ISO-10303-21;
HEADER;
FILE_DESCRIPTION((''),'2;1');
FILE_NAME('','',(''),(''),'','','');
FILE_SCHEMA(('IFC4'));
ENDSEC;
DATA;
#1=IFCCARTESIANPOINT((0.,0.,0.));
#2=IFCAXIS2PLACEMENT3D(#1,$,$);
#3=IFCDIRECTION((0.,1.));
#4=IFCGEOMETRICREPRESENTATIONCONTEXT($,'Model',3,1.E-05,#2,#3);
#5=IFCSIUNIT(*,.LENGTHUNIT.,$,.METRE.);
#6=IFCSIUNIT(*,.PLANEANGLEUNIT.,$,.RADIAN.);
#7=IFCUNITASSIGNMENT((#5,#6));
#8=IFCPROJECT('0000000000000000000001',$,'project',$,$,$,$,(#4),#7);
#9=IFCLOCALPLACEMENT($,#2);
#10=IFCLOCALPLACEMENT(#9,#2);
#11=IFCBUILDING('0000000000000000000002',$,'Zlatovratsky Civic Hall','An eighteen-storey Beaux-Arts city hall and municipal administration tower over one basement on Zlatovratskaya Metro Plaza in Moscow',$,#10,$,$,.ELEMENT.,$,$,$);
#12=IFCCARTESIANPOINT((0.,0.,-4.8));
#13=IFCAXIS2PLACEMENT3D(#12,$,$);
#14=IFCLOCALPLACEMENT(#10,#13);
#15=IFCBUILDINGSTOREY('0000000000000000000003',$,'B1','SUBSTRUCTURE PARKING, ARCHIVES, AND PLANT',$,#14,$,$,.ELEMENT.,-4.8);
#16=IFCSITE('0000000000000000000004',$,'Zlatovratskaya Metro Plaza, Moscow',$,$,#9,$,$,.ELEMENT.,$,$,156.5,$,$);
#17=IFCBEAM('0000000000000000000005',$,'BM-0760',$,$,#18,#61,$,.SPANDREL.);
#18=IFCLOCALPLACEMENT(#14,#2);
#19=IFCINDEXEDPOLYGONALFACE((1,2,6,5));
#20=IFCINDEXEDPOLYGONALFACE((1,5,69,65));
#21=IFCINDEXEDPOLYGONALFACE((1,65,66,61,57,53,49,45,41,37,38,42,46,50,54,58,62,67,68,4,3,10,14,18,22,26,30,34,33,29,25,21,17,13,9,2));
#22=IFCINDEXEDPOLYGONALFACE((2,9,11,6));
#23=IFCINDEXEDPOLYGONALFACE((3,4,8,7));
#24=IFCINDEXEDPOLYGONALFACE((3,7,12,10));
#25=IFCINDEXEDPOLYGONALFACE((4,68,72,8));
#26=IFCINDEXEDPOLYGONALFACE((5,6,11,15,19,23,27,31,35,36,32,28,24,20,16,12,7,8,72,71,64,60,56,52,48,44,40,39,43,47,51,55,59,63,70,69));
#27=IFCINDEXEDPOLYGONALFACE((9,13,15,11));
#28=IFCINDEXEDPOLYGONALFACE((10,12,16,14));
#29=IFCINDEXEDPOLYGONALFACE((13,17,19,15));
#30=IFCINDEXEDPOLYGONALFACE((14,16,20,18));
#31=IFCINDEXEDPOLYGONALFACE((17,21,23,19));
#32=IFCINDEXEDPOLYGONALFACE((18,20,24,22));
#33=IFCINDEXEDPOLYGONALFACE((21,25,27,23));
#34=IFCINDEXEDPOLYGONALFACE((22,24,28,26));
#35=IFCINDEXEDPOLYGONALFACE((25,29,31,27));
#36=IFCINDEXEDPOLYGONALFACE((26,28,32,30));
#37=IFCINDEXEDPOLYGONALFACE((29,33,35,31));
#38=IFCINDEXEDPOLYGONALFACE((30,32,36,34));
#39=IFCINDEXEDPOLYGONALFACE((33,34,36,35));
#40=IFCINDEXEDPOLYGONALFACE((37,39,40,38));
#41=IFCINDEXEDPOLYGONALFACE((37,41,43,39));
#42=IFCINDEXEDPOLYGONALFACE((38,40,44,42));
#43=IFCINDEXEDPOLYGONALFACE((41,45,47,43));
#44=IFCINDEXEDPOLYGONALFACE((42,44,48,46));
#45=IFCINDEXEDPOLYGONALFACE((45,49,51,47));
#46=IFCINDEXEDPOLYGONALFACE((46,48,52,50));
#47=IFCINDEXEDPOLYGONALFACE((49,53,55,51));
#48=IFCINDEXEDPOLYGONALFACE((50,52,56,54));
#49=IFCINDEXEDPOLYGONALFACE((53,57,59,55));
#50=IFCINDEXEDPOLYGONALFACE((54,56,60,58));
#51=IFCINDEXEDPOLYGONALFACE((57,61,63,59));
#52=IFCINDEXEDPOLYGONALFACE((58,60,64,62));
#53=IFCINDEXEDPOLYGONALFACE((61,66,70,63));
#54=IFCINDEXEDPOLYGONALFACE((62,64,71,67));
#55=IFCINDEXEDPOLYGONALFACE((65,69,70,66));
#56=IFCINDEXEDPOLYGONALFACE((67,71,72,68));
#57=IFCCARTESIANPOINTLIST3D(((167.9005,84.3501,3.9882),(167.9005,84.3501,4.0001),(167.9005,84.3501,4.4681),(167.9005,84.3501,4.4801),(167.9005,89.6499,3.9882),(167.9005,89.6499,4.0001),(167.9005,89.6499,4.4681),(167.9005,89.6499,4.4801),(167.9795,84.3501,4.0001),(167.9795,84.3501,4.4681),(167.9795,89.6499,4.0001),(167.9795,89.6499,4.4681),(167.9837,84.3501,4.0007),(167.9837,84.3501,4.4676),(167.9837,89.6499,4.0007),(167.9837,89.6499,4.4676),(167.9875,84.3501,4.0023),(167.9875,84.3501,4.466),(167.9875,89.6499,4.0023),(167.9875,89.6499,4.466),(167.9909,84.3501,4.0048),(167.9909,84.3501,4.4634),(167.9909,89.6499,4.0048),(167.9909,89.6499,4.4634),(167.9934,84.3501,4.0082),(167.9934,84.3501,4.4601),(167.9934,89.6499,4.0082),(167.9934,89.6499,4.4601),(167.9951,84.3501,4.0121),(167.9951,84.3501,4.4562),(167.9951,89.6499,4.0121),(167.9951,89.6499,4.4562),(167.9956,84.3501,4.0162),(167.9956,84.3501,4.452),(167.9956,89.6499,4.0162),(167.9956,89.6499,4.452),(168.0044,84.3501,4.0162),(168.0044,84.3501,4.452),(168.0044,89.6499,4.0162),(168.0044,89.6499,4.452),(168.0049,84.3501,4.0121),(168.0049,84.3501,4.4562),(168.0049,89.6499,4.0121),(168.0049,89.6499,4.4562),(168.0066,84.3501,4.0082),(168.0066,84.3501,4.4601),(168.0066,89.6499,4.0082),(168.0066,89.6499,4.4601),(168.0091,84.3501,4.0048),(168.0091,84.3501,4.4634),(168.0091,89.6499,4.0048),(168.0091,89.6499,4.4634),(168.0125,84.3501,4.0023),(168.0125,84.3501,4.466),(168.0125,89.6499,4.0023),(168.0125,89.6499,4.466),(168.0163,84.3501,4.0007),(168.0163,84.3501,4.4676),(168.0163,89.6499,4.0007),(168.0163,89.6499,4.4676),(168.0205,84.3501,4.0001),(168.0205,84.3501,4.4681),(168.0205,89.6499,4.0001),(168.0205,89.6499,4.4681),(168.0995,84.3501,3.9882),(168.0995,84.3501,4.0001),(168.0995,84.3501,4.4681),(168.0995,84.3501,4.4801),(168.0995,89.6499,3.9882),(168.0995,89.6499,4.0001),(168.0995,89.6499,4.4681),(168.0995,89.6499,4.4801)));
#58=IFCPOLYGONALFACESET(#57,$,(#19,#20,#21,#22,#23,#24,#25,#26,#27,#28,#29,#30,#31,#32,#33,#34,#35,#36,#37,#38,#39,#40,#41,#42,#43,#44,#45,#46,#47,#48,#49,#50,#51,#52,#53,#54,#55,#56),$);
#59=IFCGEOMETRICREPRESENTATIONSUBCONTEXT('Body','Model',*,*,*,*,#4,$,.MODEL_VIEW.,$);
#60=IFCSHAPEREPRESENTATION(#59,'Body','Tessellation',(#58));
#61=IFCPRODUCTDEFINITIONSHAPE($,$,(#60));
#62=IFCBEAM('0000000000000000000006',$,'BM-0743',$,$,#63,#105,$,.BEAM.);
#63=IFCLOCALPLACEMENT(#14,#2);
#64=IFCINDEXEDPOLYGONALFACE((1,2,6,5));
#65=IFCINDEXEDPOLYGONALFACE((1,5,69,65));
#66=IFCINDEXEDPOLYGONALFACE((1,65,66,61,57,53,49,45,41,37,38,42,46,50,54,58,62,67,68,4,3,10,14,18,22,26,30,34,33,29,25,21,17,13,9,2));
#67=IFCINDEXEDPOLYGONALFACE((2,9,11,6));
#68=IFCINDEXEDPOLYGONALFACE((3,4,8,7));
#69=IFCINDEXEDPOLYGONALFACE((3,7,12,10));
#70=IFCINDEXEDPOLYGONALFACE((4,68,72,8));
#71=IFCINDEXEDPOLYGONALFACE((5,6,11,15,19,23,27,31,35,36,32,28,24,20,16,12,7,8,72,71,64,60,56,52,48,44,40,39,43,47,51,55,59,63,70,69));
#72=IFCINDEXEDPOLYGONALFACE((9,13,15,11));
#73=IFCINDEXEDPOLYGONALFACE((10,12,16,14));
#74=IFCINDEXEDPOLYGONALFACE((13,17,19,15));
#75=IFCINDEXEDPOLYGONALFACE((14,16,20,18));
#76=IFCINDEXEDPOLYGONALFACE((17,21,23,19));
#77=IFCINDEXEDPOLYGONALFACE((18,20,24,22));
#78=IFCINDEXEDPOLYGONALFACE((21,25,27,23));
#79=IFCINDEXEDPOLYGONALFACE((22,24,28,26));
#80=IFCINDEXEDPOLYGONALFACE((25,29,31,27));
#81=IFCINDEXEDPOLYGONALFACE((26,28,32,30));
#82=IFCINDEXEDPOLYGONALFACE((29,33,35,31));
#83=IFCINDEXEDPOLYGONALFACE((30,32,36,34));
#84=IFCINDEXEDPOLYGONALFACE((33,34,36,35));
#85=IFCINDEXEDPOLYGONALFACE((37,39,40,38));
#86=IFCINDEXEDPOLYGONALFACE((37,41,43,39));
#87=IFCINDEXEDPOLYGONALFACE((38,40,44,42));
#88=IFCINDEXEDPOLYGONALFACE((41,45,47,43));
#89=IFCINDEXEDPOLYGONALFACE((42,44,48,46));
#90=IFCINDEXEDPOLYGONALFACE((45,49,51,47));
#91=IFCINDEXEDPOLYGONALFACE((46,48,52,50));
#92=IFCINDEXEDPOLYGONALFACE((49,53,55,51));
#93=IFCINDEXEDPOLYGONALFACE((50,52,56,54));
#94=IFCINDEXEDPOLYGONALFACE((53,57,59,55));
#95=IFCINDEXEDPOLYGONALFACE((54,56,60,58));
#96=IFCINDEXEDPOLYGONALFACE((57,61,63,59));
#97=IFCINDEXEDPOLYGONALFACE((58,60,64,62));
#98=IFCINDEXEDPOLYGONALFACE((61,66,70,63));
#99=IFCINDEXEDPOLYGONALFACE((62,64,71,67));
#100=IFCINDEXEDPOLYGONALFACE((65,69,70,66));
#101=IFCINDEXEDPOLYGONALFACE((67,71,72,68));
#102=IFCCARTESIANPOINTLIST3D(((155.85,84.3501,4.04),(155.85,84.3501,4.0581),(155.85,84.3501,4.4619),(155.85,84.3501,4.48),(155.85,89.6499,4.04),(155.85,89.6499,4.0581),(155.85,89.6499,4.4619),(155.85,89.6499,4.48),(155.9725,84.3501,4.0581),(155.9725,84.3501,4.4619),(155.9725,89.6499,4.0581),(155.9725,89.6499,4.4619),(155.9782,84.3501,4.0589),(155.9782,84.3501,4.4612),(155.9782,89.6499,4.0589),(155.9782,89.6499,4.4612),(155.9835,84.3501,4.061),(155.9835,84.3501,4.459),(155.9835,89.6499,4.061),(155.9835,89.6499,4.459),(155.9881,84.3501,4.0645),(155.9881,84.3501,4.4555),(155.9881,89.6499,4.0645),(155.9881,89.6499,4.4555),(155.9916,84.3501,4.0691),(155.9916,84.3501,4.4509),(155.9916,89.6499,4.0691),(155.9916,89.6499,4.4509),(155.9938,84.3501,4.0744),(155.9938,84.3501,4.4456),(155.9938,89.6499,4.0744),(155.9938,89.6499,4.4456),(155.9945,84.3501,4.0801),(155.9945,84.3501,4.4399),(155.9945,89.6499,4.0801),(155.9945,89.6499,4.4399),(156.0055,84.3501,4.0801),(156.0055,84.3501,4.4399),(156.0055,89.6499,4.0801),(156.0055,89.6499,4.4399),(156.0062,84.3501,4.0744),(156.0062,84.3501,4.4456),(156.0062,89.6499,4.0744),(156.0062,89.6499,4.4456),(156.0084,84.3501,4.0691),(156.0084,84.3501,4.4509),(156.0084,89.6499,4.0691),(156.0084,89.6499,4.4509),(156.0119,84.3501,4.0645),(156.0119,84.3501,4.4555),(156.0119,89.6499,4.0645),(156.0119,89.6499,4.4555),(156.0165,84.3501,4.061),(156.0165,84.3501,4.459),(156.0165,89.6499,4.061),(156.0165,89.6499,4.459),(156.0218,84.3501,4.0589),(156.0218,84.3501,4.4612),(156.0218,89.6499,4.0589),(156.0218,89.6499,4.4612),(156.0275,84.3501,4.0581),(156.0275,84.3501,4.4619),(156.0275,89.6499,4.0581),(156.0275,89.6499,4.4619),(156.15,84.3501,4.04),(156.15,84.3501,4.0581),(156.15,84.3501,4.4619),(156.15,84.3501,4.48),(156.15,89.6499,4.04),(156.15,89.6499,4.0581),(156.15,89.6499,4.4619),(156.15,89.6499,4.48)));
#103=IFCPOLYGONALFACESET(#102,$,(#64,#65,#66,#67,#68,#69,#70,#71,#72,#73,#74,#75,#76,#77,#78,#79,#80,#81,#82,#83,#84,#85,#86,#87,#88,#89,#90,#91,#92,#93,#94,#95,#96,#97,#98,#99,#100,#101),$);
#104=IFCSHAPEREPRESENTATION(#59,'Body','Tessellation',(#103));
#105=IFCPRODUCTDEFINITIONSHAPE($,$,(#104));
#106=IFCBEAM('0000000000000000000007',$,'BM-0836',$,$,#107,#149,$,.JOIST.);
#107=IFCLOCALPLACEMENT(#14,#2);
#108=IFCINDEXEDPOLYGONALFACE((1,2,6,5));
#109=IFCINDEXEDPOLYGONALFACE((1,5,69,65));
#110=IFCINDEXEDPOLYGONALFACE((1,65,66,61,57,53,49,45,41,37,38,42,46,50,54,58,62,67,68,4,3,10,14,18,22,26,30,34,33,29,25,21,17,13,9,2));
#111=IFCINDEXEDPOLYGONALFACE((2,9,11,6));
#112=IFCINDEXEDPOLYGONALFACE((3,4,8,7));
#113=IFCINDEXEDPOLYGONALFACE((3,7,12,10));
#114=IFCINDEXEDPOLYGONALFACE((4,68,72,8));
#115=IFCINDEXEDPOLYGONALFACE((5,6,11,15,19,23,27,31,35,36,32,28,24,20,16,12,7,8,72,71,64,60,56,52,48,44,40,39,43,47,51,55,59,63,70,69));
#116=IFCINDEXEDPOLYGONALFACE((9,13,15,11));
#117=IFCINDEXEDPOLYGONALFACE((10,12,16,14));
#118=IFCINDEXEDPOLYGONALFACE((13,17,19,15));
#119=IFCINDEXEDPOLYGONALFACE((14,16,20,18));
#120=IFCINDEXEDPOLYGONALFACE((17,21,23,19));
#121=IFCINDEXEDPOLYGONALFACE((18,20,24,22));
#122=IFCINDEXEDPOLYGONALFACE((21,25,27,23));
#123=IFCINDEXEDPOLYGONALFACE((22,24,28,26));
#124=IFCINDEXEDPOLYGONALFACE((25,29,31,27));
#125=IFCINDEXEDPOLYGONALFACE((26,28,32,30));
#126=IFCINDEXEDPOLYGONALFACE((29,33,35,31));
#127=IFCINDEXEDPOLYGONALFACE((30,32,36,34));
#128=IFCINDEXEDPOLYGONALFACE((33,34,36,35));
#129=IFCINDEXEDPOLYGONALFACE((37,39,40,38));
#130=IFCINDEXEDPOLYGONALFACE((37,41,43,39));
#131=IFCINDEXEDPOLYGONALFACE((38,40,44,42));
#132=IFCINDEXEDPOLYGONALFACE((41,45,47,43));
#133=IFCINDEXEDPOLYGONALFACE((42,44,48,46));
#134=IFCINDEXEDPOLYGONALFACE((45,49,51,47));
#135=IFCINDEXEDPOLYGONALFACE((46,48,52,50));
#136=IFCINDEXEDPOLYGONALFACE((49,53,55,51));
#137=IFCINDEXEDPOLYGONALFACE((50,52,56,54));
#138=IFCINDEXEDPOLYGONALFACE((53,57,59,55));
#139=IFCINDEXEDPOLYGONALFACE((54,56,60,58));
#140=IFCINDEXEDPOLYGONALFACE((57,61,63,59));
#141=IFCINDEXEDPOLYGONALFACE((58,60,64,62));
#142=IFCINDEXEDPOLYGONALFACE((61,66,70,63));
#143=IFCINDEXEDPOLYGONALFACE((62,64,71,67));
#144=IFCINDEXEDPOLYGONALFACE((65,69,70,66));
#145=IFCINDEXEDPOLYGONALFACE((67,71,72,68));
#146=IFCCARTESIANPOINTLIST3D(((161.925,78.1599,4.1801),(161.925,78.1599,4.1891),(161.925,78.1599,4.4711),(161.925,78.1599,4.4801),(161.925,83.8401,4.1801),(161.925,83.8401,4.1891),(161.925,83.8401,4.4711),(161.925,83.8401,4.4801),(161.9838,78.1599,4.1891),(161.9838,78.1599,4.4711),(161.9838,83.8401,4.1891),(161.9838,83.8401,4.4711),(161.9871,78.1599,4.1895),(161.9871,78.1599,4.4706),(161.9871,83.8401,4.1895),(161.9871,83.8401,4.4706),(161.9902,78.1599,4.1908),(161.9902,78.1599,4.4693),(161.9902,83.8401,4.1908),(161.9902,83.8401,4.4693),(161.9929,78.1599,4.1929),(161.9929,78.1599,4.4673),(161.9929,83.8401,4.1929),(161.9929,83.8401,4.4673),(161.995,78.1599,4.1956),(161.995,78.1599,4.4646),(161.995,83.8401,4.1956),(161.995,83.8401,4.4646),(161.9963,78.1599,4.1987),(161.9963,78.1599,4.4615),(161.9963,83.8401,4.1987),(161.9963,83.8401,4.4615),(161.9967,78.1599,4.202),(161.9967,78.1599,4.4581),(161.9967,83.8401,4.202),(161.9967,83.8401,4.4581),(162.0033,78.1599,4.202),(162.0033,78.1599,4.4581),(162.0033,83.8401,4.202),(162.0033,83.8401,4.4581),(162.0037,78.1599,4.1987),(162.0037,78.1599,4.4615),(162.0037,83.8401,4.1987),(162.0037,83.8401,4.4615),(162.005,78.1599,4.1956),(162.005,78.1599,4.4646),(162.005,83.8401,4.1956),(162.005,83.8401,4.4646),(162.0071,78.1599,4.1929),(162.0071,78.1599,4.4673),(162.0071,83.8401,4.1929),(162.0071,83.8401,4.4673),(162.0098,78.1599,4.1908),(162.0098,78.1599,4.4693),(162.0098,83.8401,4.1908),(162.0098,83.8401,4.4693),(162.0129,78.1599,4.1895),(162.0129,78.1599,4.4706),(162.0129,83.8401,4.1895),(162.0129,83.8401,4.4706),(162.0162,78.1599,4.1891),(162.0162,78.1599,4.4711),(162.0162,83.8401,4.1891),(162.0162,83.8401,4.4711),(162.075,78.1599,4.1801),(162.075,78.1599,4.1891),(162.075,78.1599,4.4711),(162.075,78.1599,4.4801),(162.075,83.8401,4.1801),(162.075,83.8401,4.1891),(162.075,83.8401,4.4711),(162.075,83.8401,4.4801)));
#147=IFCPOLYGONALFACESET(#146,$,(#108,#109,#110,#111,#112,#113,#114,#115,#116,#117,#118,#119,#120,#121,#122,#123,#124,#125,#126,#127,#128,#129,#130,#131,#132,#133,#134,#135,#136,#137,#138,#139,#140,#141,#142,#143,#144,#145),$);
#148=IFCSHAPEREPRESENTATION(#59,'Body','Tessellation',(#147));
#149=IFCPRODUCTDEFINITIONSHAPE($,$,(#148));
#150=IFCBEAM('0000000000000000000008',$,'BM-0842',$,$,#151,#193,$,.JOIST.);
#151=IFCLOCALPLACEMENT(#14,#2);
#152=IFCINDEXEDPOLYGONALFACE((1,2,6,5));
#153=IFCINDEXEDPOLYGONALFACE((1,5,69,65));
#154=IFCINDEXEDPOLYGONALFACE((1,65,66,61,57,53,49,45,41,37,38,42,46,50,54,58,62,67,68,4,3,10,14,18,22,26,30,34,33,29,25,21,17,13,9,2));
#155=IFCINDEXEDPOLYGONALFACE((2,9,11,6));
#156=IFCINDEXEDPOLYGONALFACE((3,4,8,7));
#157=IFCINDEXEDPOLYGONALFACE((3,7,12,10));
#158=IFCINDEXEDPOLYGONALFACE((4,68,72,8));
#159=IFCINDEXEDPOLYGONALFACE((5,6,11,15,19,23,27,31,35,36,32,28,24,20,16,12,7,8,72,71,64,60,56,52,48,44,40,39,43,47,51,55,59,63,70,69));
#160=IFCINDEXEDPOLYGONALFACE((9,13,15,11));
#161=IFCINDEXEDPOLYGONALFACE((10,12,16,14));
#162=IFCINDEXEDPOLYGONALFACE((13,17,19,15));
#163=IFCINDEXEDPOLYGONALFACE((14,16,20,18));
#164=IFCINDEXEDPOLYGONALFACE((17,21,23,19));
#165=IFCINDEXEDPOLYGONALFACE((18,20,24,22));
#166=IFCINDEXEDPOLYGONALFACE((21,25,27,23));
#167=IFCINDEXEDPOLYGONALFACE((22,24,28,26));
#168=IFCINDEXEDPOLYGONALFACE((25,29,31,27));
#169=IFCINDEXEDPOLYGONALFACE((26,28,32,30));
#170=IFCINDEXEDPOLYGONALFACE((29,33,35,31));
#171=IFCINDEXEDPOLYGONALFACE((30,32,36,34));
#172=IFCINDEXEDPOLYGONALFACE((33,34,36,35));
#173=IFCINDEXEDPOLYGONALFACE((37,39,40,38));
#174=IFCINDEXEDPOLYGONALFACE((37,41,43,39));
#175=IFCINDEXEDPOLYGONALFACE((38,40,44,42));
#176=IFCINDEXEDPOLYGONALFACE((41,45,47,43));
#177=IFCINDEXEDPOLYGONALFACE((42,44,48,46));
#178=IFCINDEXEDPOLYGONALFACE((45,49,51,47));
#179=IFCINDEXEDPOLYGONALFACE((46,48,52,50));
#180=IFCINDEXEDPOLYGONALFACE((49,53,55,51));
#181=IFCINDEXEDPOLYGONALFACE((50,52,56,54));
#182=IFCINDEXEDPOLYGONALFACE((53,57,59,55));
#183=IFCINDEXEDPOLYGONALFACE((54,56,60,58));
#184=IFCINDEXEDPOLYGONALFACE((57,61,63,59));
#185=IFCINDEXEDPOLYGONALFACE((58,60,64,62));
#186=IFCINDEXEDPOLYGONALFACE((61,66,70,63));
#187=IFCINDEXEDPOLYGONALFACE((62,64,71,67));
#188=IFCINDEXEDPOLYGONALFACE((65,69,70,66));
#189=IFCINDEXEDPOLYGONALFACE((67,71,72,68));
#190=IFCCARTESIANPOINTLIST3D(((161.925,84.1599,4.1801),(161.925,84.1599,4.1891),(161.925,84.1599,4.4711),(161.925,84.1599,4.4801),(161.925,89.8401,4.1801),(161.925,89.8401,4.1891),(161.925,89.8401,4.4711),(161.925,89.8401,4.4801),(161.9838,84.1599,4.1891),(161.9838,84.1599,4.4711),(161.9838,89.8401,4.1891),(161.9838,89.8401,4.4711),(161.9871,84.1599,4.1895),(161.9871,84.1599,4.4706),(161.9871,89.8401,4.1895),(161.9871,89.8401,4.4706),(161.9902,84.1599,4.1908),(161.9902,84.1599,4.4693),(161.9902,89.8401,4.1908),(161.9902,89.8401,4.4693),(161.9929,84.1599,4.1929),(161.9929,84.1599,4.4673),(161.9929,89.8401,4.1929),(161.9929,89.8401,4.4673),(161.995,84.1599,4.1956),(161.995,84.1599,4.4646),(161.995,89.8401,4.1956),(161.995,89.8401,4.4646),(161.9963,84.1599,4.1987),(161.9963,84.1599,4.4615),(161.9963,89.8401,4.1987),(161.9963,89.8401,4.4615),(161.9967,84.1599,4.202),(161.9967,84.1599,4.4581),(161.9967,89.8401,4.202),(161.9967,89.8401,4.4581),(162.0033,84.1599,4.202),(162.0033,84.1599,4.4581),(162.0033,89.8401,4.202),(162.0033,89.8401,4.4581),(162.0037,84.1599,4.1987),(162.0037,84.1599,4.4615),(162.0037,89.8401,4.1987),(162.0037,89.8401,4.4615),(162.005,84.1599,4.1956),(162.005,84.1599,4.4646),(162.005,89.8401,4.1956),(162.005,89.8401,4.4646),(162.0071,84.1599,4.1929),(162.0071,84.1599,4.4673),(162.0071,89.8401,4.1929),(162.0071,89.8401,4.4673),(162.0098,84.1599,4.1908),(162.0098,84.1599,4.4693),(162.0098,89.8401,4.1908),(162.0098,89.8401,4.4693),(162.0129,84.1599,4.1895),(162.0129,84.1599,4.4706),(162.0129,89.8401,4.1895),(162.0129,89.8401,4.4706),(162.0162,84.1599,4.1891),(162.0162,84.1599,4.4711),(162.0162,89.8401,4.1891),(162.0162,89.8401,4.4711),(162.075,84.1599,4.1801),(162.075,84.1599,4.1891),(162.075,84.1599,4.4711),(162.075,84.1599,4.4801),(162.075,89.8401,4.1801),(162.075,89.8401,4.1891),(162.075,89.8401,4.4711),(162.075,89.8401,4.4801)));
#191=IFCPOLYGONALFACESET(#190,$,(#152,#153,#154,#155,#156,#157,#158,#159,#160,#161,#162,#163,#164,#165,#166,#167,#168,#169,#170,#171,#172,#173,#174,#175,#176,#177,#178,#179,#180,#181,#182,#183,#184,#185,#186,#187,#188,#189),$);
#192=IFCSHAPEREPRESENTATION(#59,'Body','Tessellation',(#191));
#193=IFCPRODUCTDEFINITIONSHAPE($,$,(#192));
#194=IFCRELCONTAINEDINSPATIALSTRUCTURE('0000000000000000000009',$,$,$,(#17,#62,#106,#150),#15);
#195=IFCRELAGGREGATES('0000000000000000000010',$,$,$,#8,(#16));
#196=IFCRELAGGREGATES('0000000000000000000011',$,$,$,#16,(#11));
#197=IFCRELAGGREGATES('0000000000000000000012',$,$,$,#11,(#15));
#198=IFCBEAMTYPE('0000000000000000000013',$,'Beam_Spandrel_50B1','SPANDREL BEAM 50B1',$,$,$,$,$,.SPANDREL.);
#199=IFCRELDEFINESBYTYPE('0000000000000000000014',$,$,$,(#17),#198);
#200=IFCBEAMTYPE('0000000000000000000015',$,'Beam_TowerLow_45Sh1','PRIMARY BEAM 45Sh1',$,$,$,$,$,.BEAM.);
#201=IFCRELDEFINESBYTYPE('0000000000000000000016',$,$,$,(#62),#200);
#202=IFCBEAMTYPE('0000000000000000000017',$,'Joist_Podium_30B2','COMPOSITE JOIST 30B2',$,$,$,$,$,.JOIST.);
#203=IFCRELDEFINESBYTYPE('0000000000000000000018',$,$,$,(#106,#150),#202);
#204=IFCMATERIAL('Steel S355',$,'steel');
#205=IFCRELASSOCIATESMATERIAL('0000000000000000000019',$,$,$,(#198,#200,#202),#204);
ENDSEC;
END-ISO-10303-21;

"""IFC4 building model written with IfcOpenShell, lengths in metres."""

from ifc_helpers import new_model, si_unit, direction, frame, origin, origin_2d, place, context, subcontext, project, spatial, i_section, extrude, material, material_profile, profile_set, type_object, element, save


model = new_model("IFC4")

# Units and contexts
model_context = context("Model", 3, precision=1e-05, world=origin(), true_north=direction((0.0, 1.0)))
body_context = subcontext(model_context, "Body", "Model", "MODEL_VIEW")
ifc_project = project(units=[si_unit("LENGTHUNIT", "METRE"), si_unit("PLANEANGLEUNIT", "RADIAN")], contexts=[model_context])

# Site, building, storey
site_placement = place(None, origin())
site = spatial("IfcSite", under=ifc_project, at=site_placement, Name="Zlatovratskaya Metro Plaza, Moscow", CompositionType="ELEMENT", RefElevation=156.5)
building_placement = place(site_placement, origin())
building = spatial("IfcBuilding", under=site, at=building_placement, Name="Zlatovratsky Civic Hall", Description="An eighteen-storey Beaux-Arts city hall and municipal administration tower over one basement on Zlatovratskaya Metro Plaza in Moscow", CompositionType="ELEMENT")
storey_placement = place(building_placement, frame((0.0, 0.0, -4.8)))
storey = spatial("IfcBuildingStorey", under=building, at=storey_placement, Name="B1", Description="SUBSTRUCTURE PARKING, ARCHIVES, AND PLANT", CompositionType="ELEMENT", Elevation=-4.8)

# Beams
ifc_material_1 = material(Name="Steel S355", Category="steel")
ifc_material_profile_1 = material_profile(ifc_material_1, i_section(OverallWidth=0.199, OverallDepth=0.4919, WebThickness=0.0088, FlangeThickness=0.012, FilletRadius=0.0161, at=origin_2d()), Name="50B1")
ifc_profile_set_1 = profile_set([ifc_material_profile_1], Name="Steel S355")
beam_type_1 = type_object("IfcBeamType", Name="Beam_Spandrel_50B1", Description="SPANDREL BEAM 50B1", PredefinedType="SPANDREL", material=ifc_profile_set_1)
for number, where, z_axis, x_axis, name in (
    (1, (168.0, 84.3501, 4.2341), (0.0, 1.0, 0.0), (-1.0, 0.0, 0.0), "BM-0760"),
):
    element("IfcBeam", number, at=place(storey_placement, frame(where, z_axis=z_axis, x_axis=x_axis)), inside=storey, type_object=beam_type_1, Name=name, PredefinedType="SPANDREL", context=body_context, shape_type="SweptSolid", body=[
        extrude(i_section(OverallWidth=0.199, OverallDepth=0.4919, WebThickness=0.0088, FlangeThickness=0.012, FilletRadius=0.0161, at=origin_2d()), origin(), (0.0, 0.0, 1.0), 5.2998),
    ])
ifc_material_profile_2 = material_profile(ifc_material_1, i_section(OverallWidth=0.3, OverallDepth=0.4399, WebThickness=0.011, FlangeThickness=0.0181, FilletRadius=0.022, at=origin_2d()), Name="45Sh1")
ifc_profile_set_2 = profile_set([ifc_material_profile_2], Name="Steel S355")
beam_type_2 = type_object("IfcBeamType", Name="Beam_TowerLow_45Sh1", Description="PRIMARY BEAM 45Sh1", PredefinedType="BEAM", material=ifc_profile_set_2)
beam_placement = place(storey_placement, frame((156.0, 84.3501, 4.26), z_axis=(0.0, 1.0, 0.0), x_axis=(-1.0, 0.0, 0.0)))
element("IfcBeam", 2, at=beam_placement, inside=storey, type_object=beam_type_2, Name="BM-0743", PredefinedType="BEAM", context=body_context, shape_type="SweptSolid", body=[
    extrude(i_section(OverallWidth=0.3, OverallDepth=0.4399, WebThickness=0.011, FlangeThickness=0.0181, FilletRadius=0.022, at=origin_2d()), origin(), (0.0, 0.0, 1.0), 5.2998),
])
ifc_material_profile_3 = material_profile(ifc_material_1, i_section(OverallWidth=0.1499, OverallDepth=0.3, WebThickness=0.0066, FlangeThickness=0.009, FilletRadius=0.0129, at=origin_2d()), Name="30B2")
ifc_profile_set_3 = profile_set([ifc_material_profile_3], Name="Steel S355")
beam_type_3 = type_object("IfcBeamType", Name="Joist_Podium_30B2", Description="COMPOSITE JOIST 30B2", PredefinedType="JOIST", material=ifc_profile_set_3)
for number, where, z_axis, x_axis, name in (
    (3, (162.0, 78.1599, 4.3301), (0.0, 1.0, 0.0), (-1.0, 0.0, 0.0), "BM-0836"),
    (4, (162.0, 84.1599, 4.3301), (0.0, 1.0, 0.0), (-1.0, 0.0, 0.0), "BM-0842"),
):
    element("IfcBeam", number, at=place(storey_placement, frame(where, z_axis=z_axis, x_axis=x_axis)), inside=storey, type_object=beam_type_3, Name=name, PredefinedType="JOIST", context=body_context, shape_type="SweptSolid", body=[
        extrude(i_section(OverallWidth=0.1499, OverallDepth=0.3, WebThickness=0.0066, FlangeThickness=0.009, FilletRadius=0.0129, at=origin_2d()), origin(), (0.0, 0.0, 1.0), 5.6802),
    ])

save(model, "model.ifc")
